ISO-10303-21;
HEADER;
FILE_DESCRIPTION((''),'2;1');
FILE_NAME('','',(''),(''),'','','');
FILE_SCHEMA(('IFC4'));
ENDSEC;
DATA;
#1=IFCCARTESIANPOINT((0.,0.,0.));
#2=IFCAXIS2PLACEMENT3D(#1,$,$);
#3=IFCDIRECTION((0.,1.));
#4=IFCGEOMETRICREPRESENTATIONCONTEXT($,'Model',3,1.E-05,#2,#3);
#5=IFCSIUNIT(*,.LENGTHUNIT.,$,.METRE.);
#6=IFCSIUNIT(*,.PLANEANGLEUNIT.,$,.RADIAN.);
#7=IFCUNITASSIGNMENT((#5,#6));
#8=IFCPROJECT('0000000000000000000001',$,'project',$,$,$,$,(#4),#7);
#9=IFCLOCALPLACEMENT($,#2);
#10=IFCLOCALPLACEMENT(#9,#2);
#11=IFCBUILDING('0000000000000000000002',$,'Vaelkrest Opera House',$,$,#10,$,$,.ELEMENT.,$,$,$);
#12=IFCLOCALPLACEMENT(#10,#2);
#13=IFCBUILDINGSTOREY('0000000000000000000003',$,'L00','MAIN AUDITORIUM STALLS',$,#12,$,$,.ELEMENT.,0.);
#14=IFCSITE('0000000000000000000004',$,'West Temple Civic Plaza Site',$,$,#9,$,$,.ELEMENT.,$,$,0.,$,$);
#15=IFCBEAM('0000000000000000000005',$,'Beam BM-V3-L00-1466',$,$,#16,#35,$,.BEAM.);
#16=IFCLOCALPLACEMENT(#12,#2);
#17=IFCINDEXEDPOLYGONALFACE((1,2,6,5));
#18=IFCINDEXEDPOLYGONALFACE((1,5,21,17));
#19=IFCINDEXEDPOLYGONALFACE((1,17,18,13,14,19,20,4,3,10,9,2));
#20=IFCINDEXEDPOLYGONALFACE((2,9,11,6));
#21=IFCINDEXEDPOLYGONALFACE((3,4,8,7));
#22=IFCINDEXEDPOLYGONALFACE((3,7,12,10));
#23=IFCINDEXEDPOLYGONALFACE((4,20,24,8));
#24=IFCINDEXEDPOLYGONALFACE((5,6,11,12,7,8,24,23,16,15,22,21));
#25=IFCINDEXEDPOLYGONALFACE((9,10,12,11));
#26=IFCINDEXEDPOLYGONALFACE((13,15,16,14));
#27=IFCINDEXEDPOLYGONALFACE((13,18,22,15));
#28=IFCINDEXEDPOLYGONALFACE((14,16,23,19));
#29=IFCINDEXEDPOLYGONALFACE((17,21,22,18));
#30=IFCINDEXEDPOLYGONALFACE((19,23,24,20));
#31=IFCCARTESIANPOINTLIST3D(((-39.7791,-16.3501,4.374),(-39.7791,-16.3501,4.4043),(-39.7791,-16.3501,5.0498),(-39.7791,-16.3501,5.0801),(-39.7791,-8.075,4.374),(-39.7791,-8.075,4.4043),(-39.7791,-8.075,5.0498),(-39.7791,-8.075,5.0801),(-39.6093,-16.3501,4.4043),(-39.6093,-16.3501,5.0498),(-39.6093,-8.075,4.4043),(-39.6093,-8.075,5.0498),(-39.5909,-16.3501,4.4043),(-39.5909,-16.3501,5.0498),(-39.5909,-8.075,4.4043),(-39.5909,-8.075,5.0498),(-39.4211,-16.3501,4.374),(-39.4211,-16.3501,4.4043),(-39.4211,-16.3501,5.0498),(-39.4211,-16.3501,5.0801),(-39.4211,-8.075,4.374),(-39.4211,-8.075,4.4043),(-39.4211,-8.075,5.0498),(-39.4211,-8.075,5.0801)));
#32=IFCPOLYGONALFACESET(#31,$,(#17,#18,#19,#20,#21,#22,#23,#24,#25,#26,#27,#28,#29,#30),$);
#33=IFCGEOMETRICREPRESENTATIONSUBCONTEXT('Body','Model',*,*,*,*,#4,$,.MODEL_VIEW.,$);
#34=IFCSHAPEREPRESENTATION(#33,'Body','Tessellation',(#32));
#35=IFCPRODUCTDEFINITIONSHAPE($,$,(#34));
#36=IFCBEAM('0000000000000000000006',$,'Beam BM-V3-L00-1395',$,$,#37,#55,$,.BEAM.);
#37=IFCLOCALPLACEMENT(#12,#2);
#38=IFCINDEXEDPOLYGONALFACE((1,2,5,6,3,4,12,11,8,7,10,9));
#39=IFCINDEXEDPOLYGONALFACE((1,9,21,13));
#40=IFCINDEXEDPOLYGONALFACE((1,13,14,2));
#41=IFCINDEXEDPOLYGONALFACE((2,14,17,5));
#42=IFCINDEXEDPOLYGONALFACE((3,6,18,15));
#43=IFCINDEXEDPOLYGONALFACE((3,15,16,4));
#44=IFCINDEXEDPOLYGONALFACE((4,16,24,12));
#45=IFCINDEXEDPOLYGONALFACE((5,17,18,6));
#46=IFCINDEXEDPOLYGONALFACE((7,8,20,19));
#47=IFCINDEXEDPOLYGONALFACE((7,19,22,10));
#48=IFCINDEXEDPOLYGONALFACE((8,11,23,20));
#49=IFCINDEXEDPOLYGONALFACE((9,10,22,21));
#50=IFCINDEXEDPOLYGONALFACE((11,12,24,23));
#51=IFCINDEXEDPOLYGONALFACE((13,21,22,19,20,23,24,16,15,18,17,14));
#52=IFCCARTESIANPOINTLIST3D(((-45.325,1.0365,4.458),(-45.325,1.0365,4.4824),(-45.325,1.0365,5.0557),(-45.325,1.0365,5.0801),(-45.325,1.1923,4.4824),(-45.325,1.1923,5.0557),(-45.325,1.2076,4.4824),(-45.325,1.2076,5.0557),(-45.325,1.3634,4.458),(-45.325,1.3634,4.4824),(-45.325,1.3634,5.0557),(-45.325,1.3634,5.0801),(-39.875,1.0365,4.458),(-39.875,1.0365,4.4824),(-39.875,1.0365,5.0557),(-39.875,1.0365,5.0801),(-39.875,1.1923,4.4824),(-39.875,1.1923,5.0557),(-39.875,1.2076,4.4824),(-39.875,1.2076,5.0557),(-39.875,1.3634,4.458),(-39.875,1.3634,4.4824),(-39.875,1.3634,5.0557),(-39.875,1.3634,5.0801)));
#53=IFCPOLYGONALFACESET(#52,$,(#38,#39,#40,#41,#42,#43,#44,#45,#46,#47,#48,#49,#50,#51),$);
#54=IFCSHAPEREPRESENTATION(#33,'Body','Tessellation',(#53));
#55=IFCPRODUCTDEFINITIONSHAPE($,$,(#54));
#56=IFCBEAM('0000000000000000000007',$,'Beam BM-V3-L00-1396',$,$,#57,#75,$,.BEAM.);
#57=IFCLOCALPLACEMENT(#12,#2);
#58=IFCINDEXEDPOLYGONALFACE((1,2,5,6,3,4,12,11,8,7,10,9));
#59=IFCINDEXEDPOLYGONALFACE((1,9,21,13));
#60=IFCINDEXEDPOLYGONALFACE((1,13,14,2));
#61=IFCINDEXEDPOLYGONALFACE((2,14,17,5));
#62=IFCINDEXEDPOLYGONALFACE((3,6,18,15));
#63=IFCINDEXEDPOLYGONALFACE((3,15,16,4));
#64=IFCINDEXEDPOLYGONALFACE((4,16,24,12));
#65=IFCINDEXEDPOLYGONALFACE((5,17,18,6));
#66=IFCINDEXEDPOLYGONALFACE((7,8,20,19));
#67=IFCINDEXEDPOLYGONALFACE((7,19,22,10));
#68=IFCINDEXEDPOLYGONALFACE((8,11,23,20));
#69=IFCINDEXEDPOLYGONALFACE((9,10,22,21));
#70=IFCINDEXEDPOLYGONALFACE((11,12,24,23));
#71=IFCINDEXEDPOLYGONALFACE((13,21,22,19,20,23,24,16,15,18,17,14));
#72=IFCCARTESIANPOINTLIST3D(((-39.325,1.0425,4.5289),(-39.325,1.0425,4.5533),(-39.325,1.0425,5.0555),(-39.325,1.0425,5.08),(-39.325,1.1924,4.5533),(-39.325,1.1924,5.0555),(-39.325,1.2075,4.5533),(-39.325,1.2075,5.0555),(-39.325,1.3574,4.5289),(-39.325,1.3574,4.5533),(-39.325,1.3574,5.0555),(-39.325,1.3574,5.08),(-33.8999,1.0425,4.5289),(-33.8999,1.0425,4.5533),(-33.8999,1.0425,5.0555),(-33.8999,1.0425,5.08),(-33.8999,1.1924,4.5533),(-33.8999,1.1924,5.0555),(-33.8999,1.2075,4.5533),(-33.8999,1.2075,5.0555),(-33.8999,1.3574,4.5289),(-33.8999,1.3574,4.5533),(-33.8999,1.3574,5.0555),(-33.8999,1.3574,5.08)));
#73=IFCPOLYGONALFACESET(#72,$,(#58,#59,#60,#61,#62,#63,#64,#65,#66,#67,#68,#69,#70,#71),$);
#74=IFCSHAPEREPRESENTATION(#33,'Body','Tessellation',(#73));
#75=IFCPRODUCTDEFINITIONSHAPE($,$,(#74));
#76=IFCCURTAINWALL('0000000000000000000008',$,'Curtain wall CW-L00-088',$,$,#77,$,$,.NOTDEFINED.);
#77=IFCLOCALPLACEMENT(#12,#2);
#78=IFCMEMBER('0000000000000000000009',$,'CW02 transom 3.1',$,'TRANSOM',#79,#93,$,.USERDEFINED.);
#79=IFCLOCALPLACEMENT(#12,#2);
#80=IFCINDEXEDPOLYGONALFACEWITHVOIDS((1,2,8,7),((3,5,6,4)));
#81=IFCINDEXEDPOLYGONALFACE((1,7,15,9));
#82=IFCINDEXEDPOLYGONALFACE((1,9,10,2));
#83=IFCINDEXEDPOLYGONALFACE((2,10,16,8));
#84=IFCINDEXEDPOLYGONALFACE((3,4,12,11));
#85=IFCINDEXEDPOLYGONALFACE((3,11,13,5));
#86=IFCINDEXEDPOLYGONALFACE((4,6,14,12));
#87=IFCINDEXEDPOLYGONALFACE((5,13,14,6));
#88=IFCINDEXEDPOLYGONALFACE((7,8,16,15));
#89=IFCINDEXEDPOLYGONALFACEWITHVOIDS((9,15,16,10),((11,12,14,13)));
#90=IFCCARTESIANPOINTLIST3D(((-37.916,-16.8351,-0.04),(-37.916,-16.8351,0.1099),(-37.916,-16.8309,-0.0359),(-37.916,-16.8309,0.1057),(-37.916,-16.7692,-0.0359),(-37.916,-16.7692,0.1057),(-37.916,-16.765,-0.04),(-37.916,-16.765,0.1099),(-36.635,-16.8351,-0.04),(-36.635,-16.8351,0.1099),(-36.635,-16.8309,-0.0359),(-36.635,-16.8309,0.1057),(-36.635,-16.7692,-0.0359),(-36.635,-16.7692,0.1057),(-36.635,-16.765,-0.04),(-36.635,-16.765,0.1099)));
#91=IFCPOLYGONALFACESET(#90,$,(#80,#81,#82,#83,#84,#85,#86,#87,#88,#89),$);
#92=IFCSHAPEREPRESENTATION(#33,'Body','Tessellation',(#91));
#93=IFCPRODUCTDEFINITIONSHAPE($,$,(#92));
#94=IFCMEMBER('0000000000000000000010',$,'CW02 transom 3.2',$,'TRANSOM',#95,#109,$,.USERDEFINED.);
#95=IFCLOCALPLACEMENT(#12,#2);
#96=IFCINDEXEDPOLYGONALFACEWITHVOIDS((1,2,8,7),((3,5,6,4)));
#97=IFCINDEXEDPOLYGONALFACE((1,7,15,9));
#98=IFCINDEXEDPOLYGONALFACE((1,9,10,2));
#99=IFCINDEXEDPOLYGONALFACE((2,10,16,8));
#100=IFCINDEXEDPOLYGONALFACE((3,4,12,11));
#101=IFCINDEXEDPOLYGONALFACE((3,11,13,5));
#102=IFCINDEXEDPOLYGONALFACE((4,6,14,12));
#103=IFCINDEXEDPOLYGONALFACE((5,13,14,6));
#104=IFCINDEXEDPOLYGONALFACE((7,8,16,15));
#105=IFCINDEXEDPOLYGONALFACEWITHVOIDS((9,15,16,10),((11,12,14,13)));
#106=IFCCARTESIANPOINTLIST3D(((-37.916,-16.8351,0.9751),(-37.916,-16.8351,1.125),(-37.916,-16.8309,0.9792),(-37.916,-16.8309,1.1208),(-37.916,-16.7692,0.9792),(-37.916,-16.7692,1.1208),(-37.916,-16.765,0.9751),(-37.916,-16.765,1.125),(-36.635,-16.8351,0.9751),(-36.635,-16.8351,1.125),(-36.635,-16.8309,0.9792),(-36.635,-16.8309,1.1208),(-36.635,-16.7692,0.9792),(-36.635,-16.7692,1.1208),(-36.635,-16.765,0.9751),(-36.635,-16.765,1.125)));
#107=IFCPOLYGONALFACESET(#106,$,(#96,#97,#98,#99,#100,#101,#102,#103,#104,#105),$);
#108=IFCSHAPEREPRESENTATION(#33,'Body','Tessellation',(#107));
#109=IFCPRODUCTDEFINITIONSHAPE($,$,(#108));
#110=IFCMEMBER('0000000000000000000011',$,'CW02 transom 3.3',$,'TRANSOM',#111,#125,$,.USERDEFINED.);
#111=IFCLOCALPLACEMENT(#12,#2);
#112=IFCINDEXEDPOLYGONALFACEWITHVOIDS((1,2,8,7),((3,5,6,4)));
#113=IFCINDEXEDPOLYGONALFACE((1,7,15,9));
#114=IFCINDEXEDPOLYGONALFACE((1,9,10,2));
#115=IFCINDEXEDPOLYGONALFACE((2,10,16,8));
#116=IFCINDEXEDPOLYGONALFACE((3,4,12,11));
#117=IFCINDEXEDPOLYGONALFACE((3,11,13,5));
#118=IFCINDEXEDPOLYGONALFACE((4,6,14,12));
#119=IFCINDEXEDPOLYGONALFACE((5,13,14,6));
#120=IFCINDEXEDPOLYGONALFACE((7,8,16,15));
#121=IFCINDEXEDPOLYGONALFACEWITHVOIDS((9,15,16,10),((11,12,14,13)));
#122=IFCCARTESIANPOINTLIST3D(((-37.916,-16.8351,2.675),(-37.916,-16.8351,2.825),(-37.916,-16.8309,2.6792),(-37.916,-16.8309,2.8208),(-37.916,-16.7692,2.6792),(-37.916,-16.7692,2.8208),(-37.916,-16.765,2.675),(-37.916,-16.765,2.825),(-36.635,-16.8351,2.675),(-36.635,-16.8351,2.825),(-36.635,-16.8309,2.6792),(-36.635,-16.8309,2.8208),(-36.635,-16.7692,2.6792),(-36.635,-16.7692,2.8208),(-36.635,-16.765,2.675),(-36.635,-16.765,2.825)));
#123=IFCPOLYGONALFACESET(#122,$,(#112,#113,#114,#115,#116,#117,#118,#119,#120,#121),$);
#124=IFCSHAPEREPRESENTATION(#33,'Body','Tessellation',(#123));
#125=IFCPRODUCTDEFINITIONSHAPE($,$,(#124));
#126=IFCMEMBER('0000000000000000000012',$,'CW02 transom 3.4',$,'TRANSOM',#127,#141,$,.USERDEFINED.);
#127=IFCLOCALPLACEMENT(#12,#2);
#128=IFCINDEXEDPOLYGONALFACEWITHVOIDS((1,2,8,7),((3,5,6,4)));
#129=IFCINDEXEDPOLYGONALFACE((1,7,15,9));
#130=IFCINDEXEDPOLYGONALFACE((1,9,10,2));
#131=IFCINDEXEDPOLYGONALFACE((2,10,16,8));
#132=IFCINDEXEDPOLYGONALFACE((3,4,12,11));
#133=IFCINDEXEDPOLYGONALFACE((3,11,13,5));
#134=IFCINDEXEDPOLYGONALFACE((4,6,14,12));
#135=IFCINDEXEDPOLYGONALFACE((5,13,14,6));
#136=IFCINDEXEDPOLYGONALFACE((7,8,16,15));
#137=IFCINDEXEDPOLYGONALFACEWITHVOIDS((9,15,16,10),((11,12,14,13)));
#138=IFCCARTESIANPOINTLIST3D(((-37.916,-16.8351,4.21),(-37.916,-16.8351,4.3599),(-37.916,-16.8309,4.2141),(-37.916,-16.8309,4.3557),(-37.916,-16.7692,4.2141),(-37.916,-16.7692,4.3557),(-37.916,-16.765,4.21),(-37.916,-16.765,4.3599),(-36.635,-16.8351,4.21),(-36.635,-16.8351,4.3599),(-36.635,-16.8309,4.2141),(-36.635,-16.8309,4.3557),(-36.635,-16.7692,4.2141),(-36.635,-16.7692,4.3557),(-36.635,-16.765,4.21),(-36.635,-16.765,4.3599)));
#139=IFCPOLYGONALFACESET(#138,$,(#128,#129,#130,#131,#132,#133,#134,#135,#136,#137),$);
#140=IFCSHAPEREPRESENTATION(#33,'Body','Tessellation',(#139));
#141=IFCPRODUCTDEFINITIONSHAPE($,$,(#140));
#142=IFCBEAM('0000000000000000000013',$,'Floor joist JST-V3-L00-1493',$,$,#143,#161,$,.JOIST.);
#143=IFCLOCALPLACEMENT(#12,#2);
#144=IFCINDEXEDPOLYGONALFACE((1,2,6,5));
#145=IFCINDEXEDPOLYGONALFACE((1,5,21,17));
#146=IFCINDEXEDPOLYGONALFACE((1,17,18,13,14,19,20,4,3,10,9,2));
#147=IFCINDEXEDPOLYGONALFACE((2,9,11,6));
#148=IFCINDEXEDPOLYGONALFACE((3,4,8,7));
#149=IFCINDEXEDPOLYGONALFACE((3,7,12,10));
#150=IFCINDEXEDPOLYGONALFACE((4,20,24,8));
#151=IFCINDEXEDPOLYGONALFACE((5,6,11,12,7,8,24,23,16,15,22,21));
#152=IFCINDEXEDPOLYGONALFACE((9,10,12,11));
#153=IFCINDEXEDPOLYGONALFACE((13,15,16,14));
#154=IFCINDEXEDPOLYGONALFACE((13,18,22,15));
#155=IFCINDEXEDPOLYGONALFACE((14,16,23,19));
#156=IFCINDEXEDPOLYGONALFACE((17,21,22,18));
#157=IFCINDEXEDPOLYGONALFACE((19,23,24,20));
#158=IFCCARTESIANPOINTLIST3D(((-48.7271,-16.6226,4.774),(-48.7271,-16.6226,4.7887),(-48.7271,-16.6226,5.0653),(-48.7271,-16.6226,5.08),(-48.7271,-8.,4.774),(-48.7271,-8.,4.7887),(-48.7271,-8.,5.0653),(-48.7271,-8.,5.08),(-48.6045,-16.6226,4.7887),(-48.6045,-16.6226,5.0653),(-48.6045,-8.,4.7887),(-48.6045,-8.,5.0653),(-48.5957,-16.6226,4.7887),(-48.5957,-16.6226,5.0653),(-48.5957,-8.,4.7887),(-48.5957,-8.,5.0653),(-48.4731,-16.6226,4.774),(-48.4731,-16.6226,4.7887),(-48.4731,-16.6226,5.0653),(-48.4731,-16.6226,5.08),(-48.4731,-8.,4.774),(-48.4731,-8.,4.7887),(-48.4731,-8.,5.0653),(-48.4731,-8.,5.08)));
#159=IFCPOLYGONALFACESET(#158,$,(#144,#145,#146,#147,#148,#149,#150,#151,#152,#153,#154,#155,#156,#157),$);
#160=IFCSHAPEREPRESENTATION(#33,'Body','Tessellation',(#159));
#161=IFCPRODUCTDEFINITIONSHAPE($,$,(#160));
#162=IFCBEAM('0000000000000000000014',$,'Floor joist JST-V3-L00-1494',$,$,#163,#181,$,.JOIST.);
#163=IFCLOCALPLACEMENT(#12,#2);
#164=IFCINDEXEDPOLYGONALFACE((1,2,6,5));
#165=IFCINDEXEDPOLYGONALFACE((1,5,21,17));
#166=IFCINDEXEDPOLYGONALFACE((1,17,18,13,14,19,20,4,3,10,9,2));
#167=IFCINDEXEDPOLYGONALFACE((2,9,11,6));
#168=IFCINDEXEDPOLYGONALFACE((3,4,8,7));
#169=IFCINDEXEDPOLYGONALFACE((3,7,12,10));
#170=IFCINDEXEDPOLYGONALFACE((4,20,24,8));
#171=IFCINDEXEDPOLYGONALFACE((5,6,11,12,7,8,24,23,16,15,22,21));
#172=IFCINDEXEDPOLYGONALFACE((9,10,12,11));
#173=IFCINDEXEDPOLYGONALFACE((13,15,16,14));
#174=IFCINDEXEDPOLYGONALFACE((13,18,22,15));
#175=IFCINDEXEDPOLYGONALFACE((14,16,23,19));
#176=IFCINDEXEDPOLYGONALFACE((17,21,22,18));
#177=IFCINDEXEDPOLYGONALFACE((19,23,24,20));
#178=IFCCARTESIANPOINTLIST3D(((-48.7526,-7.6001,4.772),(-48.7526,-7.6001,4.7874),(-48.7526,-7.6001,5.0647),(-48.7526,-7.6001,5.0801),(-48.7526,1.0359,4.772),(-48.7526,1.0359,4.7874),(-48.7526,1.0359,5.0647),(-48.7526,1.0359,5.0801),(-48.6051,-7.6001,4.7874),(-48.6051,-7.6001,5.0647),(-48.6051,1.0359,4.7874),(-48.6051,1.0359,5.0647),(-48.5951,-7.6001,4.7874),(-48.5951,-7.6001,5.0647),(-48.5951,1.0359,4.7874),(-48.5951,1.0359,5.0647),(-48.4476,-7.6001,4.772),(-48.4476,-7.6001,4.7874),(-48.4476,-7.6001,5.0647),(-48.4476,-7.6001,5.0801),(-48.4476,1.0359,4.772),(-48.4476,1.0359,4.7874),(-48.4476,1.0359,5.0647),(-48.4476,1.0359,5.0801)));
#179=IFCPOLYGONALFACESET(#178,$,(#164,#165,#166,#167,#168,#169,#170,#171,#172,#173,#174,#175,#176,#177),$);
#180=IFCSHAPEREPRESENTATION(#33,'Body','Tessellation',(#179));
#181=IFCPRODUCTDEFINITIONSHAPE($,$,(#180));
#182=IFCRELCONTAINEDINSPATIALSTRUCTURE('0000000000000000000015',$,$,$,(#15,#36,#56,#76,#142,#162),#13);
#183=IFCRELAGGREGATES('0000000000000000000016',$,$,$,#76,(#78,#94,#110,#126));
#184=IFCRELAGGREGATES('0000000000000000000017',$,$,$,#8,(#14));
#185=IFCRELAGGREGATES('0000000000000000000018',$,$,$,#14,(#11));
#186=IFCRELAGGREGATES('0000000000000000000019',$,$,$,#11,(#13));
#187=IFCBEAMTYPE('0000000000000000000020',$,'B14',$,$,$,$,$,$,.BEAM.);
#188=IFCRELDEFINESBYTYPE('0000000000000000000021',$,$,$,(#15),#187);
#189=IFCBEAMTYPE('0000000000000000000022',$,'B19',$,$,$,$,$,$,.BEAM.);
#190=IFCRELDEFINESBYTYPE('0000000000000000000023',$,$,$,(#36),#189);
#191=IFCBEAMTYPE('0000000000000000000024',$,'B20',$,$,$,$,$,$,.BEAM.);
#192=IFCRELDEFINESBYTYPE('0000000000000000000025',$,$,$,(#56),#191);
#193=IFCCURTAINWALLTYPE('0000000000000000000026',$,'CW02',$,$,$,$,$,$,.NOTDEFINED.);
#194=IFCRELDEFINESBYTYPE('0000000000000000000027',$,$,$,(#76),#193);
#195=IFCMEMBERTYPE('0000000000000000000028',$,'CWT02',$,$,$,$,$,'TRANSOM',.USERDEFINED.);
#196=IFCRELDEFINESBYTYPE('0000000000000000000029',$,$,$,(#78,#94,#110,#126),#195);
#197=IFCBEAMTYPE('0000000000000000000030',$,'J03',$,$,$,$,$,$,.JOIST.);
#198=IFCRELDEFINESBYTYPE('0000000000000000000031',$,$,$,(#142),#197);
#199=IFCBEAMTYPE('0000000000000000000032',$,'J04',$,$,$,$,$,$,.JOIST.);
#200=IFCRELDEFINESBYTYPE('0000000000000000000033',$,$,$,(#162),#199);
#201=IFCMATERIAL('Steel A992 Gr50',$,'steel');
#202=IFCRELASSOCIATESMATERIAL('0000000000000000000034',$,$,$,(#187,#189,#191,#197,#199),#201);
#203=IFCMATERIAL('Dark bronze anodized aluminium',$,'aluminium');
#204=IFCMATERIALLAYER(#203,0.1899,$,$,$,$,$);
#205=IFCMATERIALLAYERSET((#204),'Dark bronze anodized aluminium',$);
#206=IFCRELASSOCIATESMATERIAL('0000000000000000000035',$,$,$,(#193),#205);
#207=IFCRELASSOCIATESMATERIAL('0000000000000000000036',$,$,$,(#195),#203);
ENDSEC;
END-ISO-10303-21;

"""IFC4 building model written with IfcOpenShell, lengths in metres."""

from ifc_helpers import new_model, si_unit, direction, frame, origin, origin_2d, place, context, subcontext, project, spatial, hollow_rectangle, i_section, extrude, material, layer, layer_set, material_profile, profile_set, type_object, element, aggregate, save


model = new_model("IFC4")

# Units and contexts
model_context = context("Model", 3, precision=1e-05, world=origin(), true_north=direction((0.0, 1.0)))
body_context = subcontext(model_context, "Body", "Model", "MODEL_VIEW")
ifc_project = project(units=[si_unit("LENGTHUNIT", "METRE"), si_unit("PLANEANGLEUNIT", "RADIAN")], contexts=[model_context])

# Site, building, storey
site_placement = place(None, origin())
site = spatial("IfcSite", under=ifc_project, at=site_placement, Name="West Temple Civic Plaza Site", CompositionType="ELEMENT", RefElevation=0.0)
building_placement = place(site_placement, origin())
building = spatial("IfcBuilding", under=site, at=building_placement, Name="Vaelkrest Opera House", CompositionType="ELEMENT")
storey_placement = place(building_placement, origin())
storey = spatial("IfcBuildingStorey", under=building, at=storey_placement, Name="L00", Description="MAIN AUDITORIUM STALLS", CompositionType="ELEMENT", Elevation=0.0)

# Beams
ifc_material_1 = material(Name="Steel A992 Gr50", Category="steel")
ifc_material_profile_1 = material_profile(ifc_material_1, i_section(OverallWidth=0.3579, OverallDepth=0.7061, WebThickness=0.0183, FlangeThickness=0.0303, at=origin_2d()), Name="W27X178")
ifc_profile_set_1 = profile_set([ifc_material_profile_1], Name="Steel A992 Gr50")
beam_type_1 = type_object("IfcBeamType", Name="B14", PredefinedType="BEAM", material=ifc_profile_set_1)
beam_1_placement = place(storey_placement, frame((-39.6001, -16.3501, 4.7271), z_axis=(0.0, 1.0, 0.0), x_axis=(-1.0, 0.0, 0.0)))
element("IfcBeam", 1, at=beam_1_placement, inside=storey, type_object=beam_type_1, Name="Beam BM-V3-L00-1466", PredefinedType="BEAM", context=body_context, shape_type="SweptSolid", body=[
    extrude(i_section(OverallWidth=0.3579, OverallDepth=0.7061, WebThickness=0.0183, FlangeThickness=0.0303, at=origin_2d()), origin(), (0.0, 0.0, 1.0), 8.2751),
])
ifc_material_profile_2 = material_profile(ifc_material_1, i_section(OverallWidth=0.3269, OverallDepth=0.6221, WebThickness=0.0154, FlangeThickness=0.0244, at=origin_2d()), Name="W24X131")
ifc_profile_set_2 = profile_set([ifc_material_profile_2], Name="Steel A992 Gr50")
beam_type_2 = type_object("IfcBeamType", Name="B19", PredefinedType="BEAM", material=ifc_profile_set_2)
beam_2_placement = place(storey_placement, frame((-45.325, 1.2, 4.769), z_axis=(1.0, 0.0, 0.0), x_axis=(0.0, 1.0, 0.0)))
element("IfcBeam", 2, at=beam_2_placement, inside=storey, type_object=beam_type_2, Name="Beam BM-V3-L00-1395", PredefinedType="BEAM", context=body_context, shape_type="SweptSolid", body=[
    extrude(i_section(OverallWidth=0.3269, OverallDepth=0.6221, WebThickness=0.0154, FlangeThickness=0.0244, at=origin_2d()), origin(), (0.0, 0.0, 1.0), 5.45),
])
ifc_material_profile_3 = material_profile(ifc_material_1, i_section(OverallWidth=0.3149, OverallDepth=0.551, WebThickness=0.0151, FlangeThickness=0.0244, at=origin_2d()), Name="W21X122")
ifc_profile_set_3 = profile_set([ifc_material_profile_3], Name="Steel A992 Gr50")
beam_type_3 = type_object("IfcBeamType", Name="B20", PredefinedType="BEAM", material=ifc_profile_set_3)
beam_3_placement = place(storey_placement, frame((-39.325, 1.2, 4.8044), z_axis=(1.0, 0.0, 0.0), x_axis=(0.0, 1.0, 0.0)))
element("IfcBeam", 3, at=beam_3_placement, inside=storey, type_object=beam_type_3, Name="Beam BM-V3-L00-1396", PredefinedType="BEAM", context=body_context, shape_type="SweptSolid", body=[
    extrude(i_section(OverallWidth=0.3149, OverallDepth=0.551, WebThickness=0.0151, FlangeThickness=0.0244, at=origin_2d()), origin(), (0.0, 0.0, 1.0), 5.425),
])

# Curtain wall, members
ifc_material_2 = material(Name="Dark bronze anodized aluminium", Category="aluminium")
ifc_layer_1 = layer(ifc_material_2, 0.1899)
ifc_layer_set_1 = layer_set([ifc_layer_1], Name="Dark bronze anodized aluminium")
curtain_wall_type = type_object("IfcCurtainWallType", Name="CW02", PredefinedType="NOTDEFINED", material=ifc_layer_set_1)
curtain_wall_placement = place(storey_placement, origin())
curtain_wall = element("IfcCurtainWall", 4, at=curtain_wall_placement, inside=storey, type_object=curtain_wall_type, Name="Curtain wall CW-L00-088", PredefinedType="NOTDEFINED")
ifc_material_profile_4 = material_profile(ifc_material_2, hollow_rectangle(XDim=0.0701, YDim=0.1499, WallThickness=0.0042, at=origin_2d()), Name="CWT70X150")
ifc_profile_set_4 = profile_set([ifc_material_profile_4], Name="Dark bronze anodized aluminium")
member_type = type_object("IfcMemberType", Name="CWT02", ElementType="TRANSOM", PredefinedType="USERDEFINED", material=ifc_profile_set_4)
member_1_placement = place(storey_placement, frame((-36.635, -16.8, 0.0349), z_axis=(-1.0, 0.0, 0.0), x_axis=(0.0, -1.0, 0.0)))
member_1 = element("IfcMember", 5, at=member_1_placement, type_object=member_type, Name="CW02 transom 3.1", ObjectType="TRANSOM", PredefinedType="USERDEFINED", context=body_context, shape_type="SweptSolid", body=[
    extrude(hollow_rectangle(XDim=0.0701, YDim=0.1499, WallThickness=0.0042, at=origin_2d()), origin(), (0.0, 0.0, 1.0), 1.281),
])
member_2_placement = place(storey_placement, frame((-36.635, -16.8, 1.05), z_axis=(-1.0, 0.0, 0.0), x_axis=(0.0, -1.0, 0.0)))
member_2 = element("IfcMember", 6, at=member_2_placement, type_object=member_type, Name="CW02 transom 3.2", ObjectType="TRANSOM", PredefinedType="USERDEFINED", context=body_context, shape_type="SweptSolid", body=[
    extrude(hollow_rectangle(XDim=0.0701, YDim=0.1499, WallThickness=0.0042, at=origin_2d()), origin(), (0.0, 0.0, 1.0), 1.281),
])
member_3_placement = place(storey_placement, frame((-36.635, -16.8, 2.75), z_axis=(-1.0, 0.0, 0.0), x_axis=(0.0, -1.0, 0.0)))
member_3 = element("IfcMember", 7, at=member_3_placement, type_object=member_type, Name="CW02 transom 3.3", ObjectType="TRANSOM", PredefinedType="USERDEFINED", context=body_context, shape_type="SweptSolid", body=[
    extrude(hollow_rectangle(XDim=0.0701, YDim=0.1499, WallThickness=0.0042, at=origin_2d()), origin(), (0.0, 0.0, 1.0), 1.281),
])
member_4_placement = place(storey_placement, frame((-36.635, -16.8, 4.2849), z_axis=(-1.0, 0.0, 0.0), x_axis=(0.0, -1.0, 0.0)))
member_4 = element("IfcMember", 8, at=member_4_placement, type_object=member_type, Name="CW02 transom 3.4", ObjectType="TRANSOM", PredefinedType="USERDEFINED", context=body_context, shape_type="SweptSolid", body=[
    extrude(hollow_rectangle(XDim=0.0701, YDim=0.1499, WallThickness=0.0042, at=origin_2d()), origin(), (0.0, 0.0, 1.0), 1.281),
])

# Beams
ifc_material_profile_5 = material_profile(ifc_material_1, i_section(OverallWidth=0.2539, OverallDepth=0.3059, WebThickness=0.0088, FlangeThickness=0.0146, at=origin_2d()), Name="W12X53")
ifc_profile_set_5 = profile_set([ifc_material_profile_5], Name="Steel A992 Gr50")
beam_type_4 = type_object("IfcBeamType", Name="J03", PredefinedType="JOIST", material=ifc_profile_set_5)
beam_4_placement = place(storey_placement, frame((-48.6001, -16.6226, 4.927), z_axis=(0.0, 1.0, 0.0), x_axis=(-1.0, 0.0, 0.0)))
element("IfcBeam", 9, at=beam_4_placement, inside=storey, type_object=beam_type_4, Name="Floor joist JST-V3-L00-1493", PredefinedType="JOIST", context=body_context, shape_type="SweptSolid", body=[
    extrude(i_section(OverallWidth=0.2539, OverallDepth=0.3059, WebThickness=0.0088, FlangeThickness=0.0146, at=origin_2d()), origin(), (0.0, 0.0, 1.0), 8.6226),
])
ifc_material_profile_6 = material_profile(ifc_material_1, i_section(OverallWidth=0.3049, OverallDepth=0.3081, WebThickness=0.01, FlangeThickness=0.0154, at=origin_2d()), Name="W12X65")
ifc_profile_set_6 = profile_set([ifc_material_profile_6], Name="Steel A992 Gr50")
beam_type_5 = type_object("IfcBeamType", Name="J04", PredefinedType="JOIST", material=ifc_profile_set_6)
beam_5_placement = place(storey_placement, frame((-48.6001, -7.6001, 4.926), z_axis=(0.0, 1.0, 0.0), x_axis=(-1.0, 0.0, 0.0)))
element("IfcBeam", 10, at=beam_5_placement, inside=storey, type_object=beam_type_5, Name="Floor joist JST-V3-L00-1494", PredefinedType="JOIST", context=body_context, shape_type="SweptSolid", body=[
    extrude(i_section(OverallWidth=0.3049, OverallDepth=0.3081, WebThickness=0.01, FlangeThickness=0.0154, at=origin_2d()), origin(), (0.0, 0.0, 1.0), 8.636),
])

aggregate(curtain_wall, [member_1, member_2, member_3, member_4])

save(model, "model.ifc")
